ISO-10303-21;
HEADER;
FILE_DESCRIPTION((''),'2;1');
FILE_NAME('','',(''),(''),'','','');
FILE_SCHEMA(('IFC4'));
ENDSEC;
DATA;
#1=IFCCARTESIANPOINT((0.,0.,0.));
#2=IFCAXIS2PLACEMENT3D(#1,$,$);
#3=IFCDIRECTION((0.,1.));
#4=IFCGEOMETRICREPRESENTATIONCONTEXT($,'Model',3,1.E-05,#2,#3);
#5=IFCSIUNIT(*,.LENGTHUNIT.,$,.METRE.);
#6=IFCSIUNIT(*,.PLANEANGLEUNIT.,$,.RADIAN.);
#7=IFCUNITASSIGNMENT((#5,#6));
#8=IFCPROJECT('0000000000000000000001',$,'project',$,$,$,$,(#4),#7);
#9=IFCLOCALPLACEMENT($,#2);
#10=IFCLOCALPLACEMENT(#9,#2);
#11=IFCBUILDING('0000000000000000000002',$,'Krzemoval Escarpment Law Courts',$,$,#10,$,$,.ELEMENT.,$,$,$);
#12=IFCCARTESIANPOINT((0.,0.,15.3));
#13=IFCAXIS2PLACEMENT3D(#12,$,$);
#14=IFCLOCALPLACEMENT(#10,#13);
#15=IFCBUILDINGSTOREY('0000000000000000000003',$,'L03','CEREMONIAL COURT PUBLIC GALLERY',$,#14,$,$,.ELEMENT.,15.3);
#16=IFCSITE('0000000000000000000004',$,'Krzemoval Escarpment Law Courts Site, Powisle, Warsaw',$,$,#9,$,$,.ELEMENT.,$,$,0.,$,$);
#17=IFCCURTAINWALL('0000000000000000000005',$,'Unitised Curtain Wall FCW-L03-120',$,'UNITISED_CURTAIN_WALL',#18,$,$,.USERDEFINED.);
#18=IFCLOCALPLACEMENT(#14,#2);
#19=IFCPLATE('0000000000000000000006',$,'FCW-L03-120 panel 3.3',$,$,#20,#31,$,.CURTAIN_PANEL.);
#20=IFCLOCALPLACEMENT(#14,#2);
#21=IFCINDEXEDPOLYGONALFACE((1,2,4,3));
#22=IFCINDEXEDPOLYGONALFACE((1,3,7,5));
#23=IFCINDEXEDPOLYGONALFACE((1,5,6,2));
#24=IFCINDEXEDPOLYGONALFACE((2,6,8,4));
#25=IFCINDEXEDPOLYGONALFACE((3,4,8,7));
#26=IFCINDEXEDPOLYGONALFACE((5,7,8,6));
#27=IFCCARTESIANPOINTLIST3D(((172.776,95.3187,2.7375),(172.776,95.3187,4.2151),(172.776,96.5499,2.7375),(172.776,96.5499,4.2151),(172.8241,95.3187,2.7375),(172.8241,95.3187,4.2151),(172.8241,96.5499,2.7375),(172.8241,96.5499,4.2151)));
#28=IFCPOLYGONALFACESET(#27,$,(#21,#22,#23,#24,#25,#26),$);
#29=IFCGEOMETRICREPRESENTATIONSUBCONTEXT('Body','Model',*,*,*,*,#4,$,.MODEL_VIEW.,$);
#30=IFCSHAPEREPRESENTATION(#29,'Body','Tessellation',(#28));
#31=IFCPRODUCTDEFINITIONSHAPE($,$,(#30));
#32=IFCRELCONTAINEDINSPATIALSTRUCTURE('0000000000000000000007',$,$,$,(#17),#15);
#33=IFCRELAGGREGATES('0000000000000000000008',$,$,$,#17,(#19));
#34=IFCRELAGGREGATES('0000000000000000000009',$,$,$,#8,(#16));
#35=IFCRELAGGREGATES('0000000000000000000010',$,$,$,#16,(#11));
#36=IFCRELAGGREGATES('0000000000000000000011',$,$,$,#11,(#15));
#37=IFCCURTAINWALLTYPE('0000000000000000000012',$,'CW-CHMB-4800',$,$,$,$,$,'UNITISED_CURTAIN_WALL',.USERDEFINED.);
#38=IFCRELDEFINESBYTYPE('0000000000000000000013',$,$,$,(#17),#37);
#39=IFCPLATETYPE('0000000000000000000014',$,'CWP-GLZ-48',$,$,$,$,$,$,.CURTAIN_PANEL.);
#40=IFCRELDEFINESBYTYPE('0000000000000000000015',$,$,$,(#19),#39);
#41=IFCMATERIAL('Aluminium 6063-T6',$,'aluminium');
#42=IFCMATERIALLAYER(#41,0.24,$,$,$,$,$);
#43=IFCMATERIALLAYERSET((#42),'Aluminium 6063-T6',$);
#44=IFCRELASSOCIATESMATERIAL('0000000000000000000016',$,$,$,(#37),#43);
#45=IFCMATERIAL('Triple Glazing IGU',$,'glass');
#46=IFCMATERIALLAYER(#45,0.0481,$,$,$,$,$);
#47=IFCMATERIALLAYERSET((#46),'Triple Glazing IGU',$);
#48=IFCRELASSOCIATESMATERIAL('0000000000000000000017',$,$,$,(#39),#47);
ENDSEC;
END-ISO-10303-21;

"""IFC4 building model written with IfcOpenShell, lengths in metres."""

from ifc_helpers import new_model, si_unit, direction, frame, origin, origin_2d, place, context, subcontext, project, spatial, rectangle, extrude, material, layer, layer_set, type_object, element, aggregate, save


model = new_model("IFC4")

# Units and contexts
model_context = context("Model", 3, precision=1e-05, world=origin(), true_north=direction((0.0, 1.0)))
body_context = subcontext(model_context, "Body", "Model", "MODEL_VIEW")
ifc_project = project(units=[si_unit("LENGTHUNIT", "METRE"), si_unit("PLANEANGLEUNIT", "RADIAN")], contexts=[model_context])

# Site, building, storey
site_placement = place(None, origin())
site = spatial("IfcSite", under=ifc_project, at=site_placement, Name="Krzemoval Escarpment Law Courts Site, Powisle, Warsaw", CompositionType="ELEMENT", RefElevation=0.0)
building_placement = place(site_placement, origin())
building = spatial("IfcBuilding", under=site, at=building_placement, Name="Krzemoval Escarpment Law Courts", CompositionType="ELEMENT")
storey_placement = place(building_placement, frame((0.0, 0.0, 15.3)))
storey = spatial("IfcBuildingStorey", under=building, at=storey_placement, Name="L03", Description="CEREMONIAL COURT PUBLIC GALLERY", CompositionType="ELEMENT", Elevation=15.3)

# Curtain wall
ifc_material_1 = material(Name="Aluminium 6063-T6", Category="aluminium")
ifc_layer_1 = layer(ifc_material_1, 0.24)
ifc_layer_set_1 = layer_set([ifc_layer_1], Name="Aluminium 6063-T6")
curtain_wall_type = type_object("IfcCurtainWallType", Name="CW-CHMB-4800", ElementType="UNITISED_CURTAIN_WALL", PredefinedType="USERDEFINED", material=ifc_layer_set_1)
curtain_wall_placement = place(storey_placement, origin())
curtain_wall = element("IfcCurtainWall", 1, at=curtain_wall_placement, inside=storey, type_object=curtain_wall_type, Name="Unitised Curtain Wall FCW-L03-120", ObjectType="UNITISED_CURTAIN_WALL", PredefinedType="USERDEFINED")

# Plate
ifc_material_2 = material(Name="Triple Glazing IGU", Category="glass")
ifc_layer_2 = layer(ifc_material_2, 0.0481)
ifc_layer_set_2 = layer_set([ifc_layer_2], Name="Triple Glazing IGU")
plate_type = type_object("IfcPlateType", Name="CWP-GLZ-48", PredefinedType="CURTAIN_PANEL", material=ifc_layer_set_2)
plate_1_placement = place(storey_placement, frame((172.8, 95.9343, 2.7375), z_axis=(0.0, 0.0, 1.0), x_axis=(0.0, -1.0, 0.0)))
plate_1 = element("IfcPlate", 2, at=plate_1_placement, type_object=plate_type, Name="FCW-L03-120 panel 3.3", PredefinedType="CURTAIN_PANEL", context=body_context, shape_type="SweptSolid", body=[
    extrude(rectangle(XDim=1.2312, YDim=0.0481, at=origin_2d()), origin(), (0.0, 0.0, 1.0), 1.4775),
])
aggregate(curtain_wall, [plate_1])

save(model, "model.ifc")
